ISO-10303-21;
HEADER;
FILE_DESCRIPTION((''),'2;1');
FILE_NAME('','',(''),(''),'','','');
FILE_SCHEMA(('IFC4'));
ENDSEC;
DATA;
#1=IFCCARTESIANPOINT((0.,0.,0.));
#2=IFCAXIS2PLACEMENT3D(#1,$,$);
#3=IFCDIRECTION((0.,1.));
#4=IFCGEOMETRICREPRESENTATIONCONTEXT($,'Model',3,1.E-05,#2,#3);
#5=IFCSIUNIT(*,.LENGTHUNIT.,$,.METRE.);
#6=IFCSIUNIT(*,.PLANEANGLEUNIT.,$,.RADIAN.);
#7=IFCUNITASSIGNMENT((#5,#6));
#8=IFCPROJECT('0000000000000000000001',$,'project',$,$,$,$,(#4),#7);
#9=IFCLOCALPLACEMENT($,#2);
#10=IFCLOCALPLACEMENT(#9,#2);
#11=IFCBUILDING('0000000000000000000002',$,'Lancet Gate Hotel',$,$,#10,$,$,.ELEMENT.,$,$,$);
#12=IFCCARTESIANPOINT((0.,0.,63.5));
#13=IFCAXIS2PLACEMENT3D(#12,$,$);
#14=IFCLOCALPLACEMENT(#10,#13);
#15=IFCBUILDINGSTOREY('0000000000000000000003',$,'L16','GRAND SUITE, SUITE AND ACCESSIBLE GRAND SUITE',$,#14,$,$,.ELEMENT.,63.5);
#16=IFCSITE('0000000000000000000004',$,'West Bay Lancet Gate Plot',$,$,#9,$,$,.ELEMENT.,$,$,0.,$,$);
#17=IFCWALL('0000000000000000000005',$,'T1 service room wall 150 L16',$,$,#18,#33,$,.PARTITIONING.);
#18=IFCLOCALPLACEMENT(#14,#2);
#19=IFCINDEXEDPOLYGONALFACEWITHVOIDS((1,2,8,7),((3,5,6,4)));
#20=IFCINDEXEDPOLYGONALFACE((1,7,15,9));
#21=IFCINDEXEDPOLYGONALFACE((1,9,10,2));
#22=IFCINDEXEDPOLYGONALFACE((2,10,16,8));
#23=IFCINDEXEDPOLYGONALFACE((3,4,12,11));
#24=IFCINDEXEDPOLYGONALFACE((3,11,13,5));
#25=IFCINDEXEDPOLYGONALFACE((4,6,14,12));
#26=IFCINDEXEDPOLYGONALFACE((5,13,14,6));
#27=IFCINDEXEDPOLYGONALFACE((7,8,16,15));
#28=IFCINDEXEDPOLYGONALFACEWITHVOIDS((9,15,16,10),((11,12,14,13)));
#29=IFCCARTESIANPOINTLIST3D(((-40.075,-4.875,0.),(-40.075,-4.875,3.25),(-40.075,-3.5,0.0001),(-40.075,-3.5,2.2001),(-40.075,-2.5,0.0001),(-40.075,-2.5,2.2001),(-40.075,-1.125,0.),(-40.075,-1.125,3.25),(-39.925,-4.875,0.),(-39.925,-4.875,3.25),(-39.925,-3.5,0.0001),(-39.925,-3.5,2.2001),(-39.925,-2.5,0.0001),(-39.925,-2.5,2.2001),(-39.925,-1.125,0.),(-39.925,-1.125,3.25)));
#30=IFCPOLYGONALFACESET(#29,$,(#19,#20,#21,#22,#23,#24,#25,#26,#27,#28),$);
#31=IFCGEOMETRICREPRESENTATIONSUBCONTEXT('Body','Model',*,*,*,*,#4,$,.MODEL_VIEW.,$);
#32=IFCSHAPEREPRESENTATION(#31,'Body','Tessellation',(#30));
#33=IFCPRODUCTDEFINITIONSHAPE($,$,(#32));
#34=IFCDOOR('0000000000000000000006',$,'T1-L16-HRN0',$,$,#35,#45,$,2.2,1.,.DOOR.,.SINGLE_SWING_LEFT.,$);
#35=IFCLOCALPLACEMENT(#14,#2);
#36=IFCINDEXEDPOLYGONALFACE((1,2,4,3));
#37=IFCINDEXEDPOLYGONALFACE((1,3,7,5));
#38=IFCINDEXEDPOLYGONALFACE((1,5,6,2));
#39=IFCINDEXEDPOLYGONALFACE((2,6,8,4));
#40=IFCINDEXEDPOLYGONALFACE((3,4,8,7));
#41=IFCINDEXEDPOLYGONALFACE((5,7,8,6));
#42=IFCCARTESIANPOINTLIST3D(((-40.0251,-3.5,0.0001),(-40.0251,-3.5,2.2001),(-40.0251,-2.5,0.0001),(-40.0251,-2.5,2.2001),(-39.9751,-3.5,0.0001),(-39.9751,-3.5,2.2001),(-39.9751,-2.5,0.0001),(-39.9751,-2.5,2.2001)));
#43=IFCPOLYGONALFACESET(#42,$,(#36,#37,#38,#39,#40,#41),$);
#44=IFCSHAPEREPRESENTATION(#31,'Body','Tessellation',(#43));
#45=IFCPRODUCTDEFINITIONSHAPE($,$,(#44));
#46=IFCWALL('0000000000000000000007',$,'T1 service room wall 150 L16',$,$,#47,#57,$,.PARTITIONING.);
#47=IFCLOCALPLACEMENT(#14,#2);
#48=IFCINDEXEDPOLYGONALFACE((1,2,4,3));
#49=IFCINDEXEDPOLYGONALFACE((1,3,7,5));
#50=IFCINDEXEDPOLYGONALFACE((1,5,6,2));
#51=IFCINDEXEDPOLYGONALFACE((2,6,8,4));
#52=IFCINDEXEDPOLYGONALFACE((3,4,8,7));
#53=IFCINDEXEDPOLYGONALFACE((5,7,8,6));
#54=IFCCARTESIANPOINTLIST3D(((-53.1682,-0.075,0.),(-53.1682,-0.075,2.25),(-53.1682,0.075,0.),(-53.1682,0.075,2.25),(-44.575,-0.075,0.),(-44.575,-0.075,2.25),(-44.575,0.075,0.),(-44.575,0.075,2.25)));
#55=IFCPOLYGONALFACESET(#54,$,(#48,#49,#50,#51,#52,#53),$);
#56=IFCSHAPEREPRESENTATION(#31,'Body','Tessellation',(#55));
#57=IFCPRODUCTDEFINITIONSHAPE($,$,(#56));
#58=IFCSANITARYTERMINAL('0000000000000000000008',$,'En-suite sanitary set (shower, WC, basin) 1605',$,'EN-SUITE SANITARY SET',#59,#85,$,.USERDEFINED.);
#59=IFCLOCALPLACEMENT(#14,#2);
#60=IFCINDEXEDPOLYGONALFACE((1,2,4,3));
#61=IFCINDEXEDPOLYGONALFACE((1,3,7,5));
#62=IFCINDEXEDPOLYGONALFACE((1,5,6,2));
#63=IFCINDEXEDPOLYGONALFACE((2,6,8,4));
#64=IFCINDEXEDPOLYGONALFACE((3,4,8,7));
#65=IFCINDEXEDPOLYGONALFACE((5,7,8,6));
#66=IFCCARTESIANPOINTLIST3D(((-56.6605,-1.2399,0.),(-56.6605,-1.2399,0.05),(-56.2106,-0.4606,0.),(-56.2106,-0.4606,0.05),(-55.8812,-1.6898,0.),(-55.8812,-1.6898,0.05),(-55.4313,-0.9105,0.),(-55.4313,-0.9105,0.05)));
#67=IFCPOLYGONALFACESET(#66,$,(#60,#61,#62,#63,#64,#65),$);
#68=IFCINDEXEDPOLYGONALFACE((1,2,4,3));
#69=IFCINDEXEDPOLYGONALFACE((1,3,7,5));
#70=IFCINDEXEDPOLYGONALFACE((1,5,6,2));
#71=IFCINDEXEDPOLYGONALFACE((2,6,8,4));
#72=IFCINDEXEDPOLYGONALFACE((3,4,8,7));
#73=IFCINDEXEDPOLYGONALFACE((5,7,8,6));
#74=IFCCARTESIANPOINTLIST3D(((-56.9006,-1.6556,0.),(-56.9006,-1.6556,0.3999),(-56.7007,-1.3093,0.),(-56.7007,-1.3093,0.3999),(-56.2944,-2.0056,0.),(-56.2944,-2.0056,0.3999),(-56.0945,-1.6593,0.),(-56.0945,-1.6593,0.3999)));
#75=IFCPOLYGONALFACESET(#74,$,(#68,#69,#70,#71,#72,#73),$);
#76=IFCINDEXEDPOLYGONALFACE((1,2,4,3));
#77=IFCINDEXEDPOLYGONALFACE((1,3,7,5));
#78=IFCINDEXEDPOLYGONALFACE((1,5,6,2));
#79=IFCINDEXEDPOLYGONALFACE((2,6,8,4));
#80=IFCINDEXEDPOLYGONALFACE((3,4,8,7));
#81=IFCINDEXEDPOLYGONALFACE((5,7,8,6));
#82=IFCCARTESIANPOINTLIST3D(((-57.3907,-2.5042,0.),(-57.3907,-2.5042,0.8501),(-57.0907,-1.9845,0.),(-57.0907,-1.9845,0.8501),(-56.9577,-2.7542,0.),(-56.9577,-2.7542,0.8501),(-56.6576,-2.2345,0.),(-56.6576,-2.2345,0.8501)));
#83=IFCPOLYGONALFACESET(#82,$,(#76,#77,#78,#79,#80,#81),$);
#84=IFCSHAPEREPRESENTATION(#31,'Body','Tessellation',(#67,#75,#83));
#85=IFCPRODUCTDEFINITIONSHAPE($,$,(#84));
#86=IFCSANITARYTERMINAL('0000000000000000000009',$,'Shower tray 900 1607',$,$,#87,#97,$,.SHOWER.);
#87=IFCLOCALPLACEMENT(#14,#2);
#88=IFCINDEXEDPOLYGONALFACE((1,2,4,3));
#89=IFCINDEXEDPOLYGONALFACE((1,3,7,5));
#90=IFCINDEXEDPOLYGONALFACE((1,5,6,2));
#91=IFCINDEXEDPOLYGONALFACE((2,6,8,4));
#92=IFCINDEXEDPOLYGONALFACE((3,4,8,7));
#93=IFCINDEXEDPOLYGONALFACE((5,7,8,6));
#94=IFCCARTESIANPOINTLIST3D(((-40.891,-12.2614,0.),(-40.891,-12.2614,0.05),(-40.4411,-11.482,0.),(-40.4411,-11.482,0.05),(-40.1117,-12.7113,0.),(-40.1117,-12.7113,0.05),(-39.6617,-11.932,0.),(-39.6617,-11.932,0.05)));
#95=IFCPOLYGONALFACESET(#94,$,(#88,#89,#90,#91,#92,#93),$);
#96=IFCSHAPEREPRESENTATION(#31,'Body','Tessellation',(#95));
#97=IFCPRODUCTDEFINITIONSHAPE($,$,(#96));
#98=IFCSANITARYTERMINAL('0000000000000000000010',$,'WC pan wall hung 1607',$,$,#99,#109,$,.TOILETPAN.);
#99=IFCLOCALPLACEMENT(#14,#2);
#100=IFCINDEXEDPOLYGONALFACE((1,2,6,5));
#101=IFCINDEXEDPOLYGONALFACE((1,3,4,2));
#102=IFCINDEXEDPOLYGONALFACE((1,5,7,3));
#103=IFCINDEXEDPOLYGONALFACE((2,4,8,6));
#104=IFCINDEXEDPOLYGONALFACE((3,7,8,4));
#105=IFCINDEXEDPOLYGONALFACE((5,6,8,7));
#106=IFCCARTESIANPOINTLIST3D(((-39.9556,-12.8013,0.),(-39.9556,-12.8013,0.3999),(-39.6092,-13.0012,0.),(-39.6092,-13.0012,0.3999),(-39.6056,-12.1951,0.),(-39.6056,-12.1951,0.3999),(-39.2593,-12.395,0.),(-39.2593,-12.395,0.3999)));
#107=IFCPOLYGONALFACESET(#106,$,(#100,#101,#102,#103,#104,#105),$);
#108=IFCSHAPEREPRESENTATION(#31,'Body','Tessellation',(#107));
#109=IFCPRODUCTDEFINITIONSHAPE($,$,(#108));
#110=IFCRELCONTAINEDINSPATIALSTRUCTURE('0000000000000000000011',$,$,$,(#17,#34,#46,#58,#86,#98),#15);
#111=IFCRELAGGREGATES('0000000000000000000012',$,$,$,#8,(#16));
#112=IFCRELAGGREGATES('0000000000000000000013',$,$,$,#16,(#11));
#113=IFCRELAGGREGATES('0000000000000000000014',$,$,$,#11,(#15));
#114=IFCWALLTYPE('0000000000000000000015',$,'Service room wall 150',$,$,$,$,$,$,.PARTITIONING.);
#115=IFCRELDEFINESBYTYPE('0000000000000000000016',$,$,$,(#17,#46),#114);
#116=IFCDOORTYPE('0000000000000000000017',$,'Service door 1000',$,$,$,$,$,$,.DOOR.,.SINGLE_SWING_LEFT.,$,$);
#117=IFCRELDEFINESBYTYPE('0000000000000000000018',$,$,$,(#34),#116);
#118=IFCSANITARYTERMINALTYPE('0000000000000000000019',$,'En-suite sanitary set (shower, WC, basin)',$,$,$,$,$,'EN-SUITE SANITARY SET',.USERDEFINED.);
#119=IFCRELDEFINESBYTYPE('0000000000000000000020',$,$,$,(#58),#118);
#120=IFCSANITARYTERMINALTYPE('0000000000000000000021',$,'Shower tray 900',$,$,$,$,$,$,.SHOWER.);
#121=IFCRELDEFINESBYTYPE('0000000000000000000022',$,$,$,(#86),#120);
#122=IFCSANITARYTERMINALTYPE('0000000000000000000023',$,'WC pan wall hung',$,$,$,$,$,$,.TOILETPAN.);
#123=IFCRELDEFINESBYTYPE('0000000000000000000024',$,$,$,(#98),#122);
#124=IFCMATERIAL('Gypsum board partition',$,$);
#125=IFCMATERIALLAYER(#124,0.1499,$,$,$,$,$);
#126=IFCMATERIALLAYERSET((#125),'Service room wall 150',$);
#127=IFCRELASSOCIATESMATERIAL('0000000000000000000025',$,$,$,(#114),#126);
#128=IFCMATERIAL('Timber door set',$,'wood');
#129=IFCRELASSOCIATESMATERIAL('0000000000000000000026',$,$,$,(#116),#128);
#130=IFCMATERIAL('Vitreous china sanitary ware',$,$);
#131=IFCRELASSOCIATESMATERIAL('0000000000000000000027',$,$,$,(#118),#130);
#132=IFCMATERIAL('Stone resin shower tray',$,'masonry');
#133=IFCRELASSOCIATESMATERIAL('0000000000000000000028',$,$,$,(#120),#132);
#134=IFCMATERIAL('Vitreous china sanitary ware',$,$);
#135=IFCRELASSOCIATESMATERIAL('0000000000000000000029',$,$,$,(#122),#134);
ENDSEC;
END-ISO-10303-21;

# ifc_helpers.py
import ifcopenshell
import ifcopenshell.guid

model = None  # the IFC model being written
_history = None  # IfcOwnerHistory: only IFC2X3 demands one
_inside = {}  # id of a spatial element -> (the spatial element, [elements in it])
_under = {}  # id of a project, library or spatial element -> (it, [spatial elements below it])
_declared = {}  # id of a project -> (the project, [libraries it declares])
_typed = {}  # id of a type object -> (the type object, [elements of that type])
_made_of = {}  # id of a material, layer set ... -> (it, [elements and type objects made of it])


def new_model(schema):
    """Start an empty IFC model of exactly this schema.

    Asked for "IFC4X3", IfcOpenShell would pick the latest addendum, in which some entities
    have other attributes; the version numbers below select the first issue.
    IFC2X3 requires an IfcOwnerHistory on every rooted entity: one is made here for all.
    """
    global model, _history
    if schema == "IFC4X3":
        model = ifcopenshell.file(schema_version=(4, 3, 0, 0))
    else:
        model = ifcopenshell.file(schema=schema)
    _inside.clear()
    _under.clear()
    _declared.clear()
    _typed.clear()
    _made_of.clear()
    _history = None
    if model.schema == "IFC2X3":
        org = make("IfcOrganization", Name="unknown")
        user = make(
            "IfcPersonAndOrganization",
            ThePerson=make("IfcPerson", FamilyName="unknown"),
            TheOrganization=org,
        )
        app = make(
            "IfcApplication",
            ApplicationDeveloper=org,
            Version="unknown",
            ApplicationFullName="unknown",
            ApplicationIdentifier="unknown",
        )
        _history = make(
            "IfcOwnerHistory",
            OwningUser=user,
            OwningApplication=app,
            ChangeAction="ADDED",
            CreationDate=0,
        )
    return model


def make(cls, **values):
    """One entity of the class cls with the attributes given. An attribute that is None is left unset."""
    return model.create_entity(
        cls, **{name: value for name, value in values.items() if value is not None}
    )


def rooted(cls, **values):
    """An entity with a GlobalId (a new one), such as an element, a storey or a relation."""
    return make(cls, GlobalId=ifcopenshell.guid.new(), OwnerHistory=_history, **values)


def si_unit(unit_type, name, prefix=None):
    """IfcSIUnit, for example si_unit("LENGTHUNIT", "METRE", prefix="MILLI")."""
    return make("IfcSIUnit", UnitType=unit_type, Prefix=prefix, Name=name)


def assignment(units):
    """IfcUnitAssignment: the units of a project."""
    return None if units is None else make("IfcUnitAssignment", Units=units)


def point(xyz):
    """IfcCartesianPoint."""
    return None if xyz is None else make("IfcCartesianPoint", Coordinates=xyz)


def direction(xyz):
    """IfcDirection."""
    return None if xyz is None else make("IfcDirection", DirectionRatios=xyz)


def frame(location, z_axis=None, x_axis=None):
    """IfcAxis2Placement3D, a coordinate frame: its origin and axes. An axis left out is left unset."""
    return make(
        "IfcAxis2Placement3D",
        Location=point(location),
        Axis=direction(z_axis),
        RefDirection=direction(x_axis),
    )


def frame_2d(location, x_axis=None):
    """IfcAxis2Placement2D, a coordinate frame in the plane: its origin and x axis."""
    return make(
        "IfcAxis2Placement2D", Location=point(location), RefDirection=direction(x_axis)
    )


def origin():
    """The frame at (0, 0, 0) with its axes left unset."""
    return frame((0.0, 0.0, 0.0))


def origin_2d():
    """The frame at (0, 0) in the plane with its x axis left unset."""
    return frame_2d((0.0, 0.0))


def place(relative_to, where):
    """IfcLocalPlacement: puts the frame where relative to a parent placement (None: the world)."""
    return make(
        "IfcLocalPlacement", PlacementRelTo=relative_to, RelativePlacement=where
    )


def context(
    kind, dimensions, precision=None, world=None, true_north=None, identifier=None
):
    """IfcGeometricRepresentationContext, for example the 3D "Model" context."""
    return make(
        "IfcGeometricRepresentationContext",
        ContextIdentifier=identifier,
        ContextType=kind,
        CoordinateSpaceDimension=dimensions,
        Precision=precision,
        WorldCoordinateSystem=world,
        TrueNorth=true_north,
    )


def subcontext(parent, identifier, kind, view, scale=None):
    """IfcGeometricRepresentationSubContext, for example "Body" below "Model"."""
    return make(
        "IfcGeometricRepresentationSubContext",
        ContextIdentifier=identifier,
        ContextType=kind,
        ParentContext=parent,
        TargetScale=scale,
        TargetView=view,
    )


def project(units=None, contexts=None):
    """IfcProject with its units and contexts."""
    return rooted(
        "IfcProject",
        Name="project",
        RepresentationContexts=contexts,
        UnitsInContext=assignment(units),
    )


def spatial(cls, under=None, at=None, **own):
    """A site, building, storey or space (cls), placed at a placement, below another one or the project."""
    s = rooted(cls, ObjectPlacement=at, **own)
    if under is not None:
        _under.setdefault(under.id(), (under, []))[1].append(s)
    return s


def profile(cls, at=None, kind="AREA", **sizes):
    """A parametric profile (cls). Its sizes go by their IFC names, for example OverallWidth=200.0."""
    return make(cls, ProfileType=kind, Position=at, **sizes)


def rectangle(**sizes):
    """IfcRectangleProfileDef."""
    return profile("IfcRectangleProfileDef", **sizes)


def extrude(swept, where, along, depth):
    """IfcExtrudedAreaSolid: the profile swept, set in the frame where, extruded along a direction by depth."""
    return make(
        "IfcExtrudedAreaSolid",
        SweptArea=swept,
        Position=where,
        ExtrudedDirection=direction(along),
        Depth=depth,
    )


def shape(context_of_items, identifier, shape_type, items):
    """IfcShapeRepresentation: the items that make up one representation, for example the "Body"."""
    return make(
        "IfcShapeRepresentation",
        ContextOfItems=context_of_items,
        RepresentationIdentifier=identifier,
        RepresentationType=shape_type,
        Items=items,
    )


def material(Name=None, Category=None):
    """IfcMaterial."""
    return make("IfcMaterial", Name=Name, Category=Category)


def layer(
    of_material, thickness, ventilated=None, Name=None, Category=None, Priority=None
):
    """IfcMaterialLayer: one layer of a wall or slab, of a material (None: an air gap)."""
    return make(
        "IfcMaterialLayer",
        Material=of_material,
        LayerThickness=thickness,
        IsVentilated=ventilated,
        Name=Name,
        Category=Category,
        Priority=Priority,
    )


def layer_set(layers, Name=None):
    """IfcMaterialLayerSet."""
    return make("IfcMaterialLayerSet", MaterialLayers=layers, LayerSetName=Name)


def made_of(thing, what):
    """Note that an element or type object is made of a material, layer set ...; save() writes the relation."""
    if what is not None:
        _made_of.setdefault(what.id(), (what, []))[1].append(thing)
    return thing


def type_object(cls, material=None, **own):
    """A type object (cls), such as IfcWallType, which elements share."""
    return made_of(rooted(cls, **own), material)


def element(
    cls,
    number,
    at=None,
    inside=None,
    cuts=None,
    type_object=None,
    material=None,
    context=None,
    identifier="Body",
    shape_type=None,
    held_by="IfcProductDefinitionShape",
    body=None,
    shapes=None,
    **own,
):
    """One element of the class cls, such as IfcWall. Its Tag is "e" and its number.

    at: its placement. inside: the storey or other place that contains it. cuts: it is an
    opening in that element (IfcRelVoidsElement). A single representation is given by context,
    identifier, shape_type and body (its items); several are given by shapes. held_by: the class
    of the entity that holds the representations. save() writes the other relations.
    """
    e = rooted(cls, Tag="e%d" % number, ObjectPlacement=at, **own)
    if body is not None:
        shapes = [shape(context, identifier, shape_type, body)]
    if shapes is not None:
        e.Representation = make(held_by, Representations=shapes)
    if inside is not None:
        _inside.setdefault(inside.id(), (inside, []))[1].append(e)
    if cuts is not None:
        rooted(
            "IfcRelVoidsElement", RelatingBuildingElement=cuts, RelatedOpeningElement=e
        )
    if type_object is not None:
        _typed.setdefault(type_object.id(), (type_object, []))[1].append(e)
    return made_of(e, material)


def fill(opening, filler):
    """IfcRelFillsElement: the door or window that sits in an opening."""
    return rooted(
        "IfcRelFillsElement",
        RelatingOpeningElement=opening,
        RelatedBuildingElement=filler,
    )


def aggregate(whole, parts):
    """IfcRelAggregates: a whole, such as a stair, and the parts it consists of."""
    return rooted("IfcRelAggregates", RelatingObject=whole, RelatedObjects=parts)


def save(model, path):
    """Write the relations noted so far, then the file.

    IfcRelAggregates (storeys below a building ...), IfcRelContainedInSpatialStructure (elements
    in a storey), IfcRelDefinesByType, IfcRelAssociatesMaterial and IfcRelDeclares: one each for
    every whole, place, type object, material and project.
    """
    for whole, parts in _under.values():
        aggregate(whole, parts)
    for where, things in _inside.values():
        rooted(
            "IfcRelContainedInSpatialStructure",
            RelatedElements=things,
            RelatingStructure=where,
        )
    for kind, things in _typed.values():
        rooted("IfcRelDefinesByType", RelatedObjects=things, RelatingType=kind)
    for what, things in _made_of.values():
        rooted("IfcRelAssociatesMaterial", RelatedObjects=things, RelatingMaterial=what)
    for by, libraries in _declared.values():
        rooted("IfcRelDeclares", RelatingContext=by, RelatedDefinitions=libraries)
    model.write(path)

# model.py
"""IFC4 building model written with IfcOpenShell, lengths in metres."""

from ifc_helpers import new_model, si_unit, direction, frame, frame_2d, origin, origin_2d, place, context, subcontext, project, spatial, rectangle, extrude, material, layer, layer_set, type_object, element, fill, save


model = new_model("IFC4")

# Units and contexts
model_context = context("Model", 3, precision=1e-05, world=origin(), true_north=direction((0.0, 1.0)))
body_context = subcontext(model_context, "Body", "Model", "MODEL_VIEW")
ifc_project = project(units=[si_unit("LENGTHUNIT", "METRE"), si_unit("PLANEANGLEUNIT", "RADIAN")], contexts=[model_context])

# Site, building, storey
site_placement = place(None, origin())
site = spatial("IfcSite", under=ifc_project, at=site_placement, Name="West Bay Lancet Gate Plot", CompositionType="ELEMENT", RefElevation=0.0)
building_placement = place(site_placement, origin())
building = spatial("IfcBuilding", under=site, at=building_placement, Name="Lancet Gate Hotel", CompositionType="ELEMENT")
storey_placement = place(building_placement, frame((0.0, 0.0, 63.5)))
storey = spatial("IfcBuildingStorey", under=building, at=storey_placement, Name="L16", Description="GRAND SUITE, SUITE AND ACCESSIBLE GRAND SUITE", CompositionType="ELEMENT", Elevation=63.5)

# Wall, opening, door
ifc_material_1 = material(Name="Gypsum board partition")
ifc_layer_1 = layer(ifc_material_1, 0.1499)
ifc_layer_set_1 = layer_set([ifc_layer_1], Name="Service room wall 150")
wall_type_1 = type_object("IfcWallType", Name="Service room wall 150", PredefinedType="PARTITIONING", material=ifc_layer_set_1)
wall_1_placement = place(storey_placement, frame((-40.0, -1.125, 0.0), z_axis=(0.0, 0.0, 1.0), x_axis=(0.0, -1.0, 0.0)))
wall_1 = element("IfcWall", 1, at=wall_1_placement, inside=storey, type_object=wall_type_1, Name="T1 service room wall 150 L16", PredefinedType="PARTITIONING", context=body_context, shape_type="SweptSolid", body=[
    extrude(rectangle(XDim=3.75, YDim=0.1499, at=frame_2d((1.875, 0.0))), origin(), (0.0, 0.0, 1.0), 3.25),
])
opening_1_placement = place(wall_1_placement, frame((1.375, 0.0, 0.0)))
opening_1 = element("IfcOpeningElement", 2, at=opening_1_placement, cuts=wall_1, PredefinedType="OPENING", context=body_context, shape_type="SweptSolid", body=[
    extrude(rectangle(XDim=1.0, YDim=2.2, at=frame_2d((0.5, 1.1001))), frame((0.0, 0.085, 0.0), z_axis=(0.0, -1.0, 0.0), x_axis=(1.0, 0.0, 0.0)), (0.0, 0.0, 1.0), 0.1699),
])
ifc_material_2 = material(Name="Timber door set", Category="wood")
door_type_1 = type_object("IfcDoorType", Name="Service door 1000", OperationType="SINGLE_SWING_LEFT", PredefinedType="DOOR", material=ifc_material_2)
door_1_placement = place(opening_1_placement, origin())
door_1 = element("IfcDoor", 3, at=door_1_placement, inside=storey, type_object=door_type_1, Name="T1-L16-HRN0", OperationType="SINGLE_SWING_LEFT", OverallHeight=2.2, OverallWidth=1.0, PredefinedType="DOOR", context=body_context, shape_type="SweptSolid", body=[
    extrude(rectangle(XDim=1.0, YDim=2.2, at=frame_2d((0.5, 1.1001))), frame((0.0, 0.0249, 0.0), z_axis=(0.0, -1.0, 0.0), x_axis=(1.0, 0.0, 0.0)), (0.0, 0.0, 1.0), 0.05),
])
fill(opening_1, door_1)

# Wall
wall_2_placement = place(storey_placement, frame((-44.575, 0.0, 0.0), z_axis=(0.0, 0.0, 1.0), x_axis=(-1.0, 0.0, 0.0)))
element("IfcWall", 4, at=wall_2_placement, inside=storey, type_object=wall_type_1, Name="T1 service room wall 150 L16", PredefinedType="PARTITIONING", context=body_context, shape_type="SweptSolid", body=[
    extrude(rectangle(XDim=8.5933, YDim=0.1499, at=frame_2d((4.2966, 0.0))), origin(), (0.0, 0.0, 1.0), 2.25),
])

# Sanitary terminals
ifc_material_3 = material(Name="Vitreous china sanitary ware")
sanitary_terminal_type_1 = type_object("IfcSanitaryTerminalType", Name="En-suite sanitary set (shower, WC, basin)", ElementType="EN-SUITE SANITARY SET", PredefinedType="USERDEFINED", material=ifc_material_3)
sanitary_terminal_1_placement = place(storey_placement, frame((-56.0459, -1.0752, 0.0), z_axis=(0.0, 0.0, 1.0), x_axis=(1.0, 0.0, 0.0)))
element("IfcSanitaryTerminal", 5, at=sanitary_terminal_1_placement, inside=storey, type_object=sanitary_terminal_type_1, Name="En-suite sanitary set (shower, WC, basin) 1605", ObjectType="EN-SUITE SANITARY SET", PredefinedType="USERDEFINED", context=body_context, shape_type="SweptSolid", body=[
    extrude(rectangle(XDim=0.8999, YDim=0.8999, at=origin_2d()), frame((0.0, 0.0, 0.0), z_axis=(0.0, 0.0, 1.0), x_axis=(0.5, 0.866025, 0.0)), (0.0, 0.0, 1.0), 0.05),
    extrude(rectangle(XDim=0.3999, YDim=0.7, at=origin_2d()), frame((-0.4517, -0.5823, 0.0), z_axis=(0.0, 0.0, 1.0), x_axis=(0.5, 0.866025, 0.0)), (0.0, 0.0, 1.0), 0.3999),
    extrude(rectangle(XDim=0.6001, YDim=0.5, at=origin_2d()), frame((-0.9783, -1.2942, 0.0), z_axis=(0.0, 0.0, 1.0), x_axis=(0.5, 0.866025, 0.0)), (0.0, 0.0, 1.0), 0.8501),
])
ifc_material_4 = material(Name="Stone resin shower tray", Category="masonry")
sanitary_terminal_type_2 = type_object("IfcSanitaryTerminalType", Name="Shower tray 900", PredefinedType="SHOWER", material=ifc_material_4)
sanitary_terminal_2_placement = place(storey_placement, frame((-40.2764, -12.0967, 0.0), z_axis=(0.0, 0.0, 1.0), x_axis=(-0.866025, 0.5, 0.0)))
element("IfcSanitaryTerminal", 6, at=sanitary_terminal_2_placement, inside=storey, type_object=sanitary_terminal_type_2, Name="Shower tray 900 1607", PredefinedType="SHOWER", context=body_context, shape_type="SweptSolid", body=[
    extrude(rectangle(XDim=0.8999, YDim=0.8999, at=origin_2d()), origin(), (0.0, 0.0, 1.0), 0.05),
])
ifc_material_5 = material(Name="Vitreous china sanitary ware")
sanitary_terminal_type_3 = type_object("IfcSanitaryTerminalType", Name="WC pan wall hung", PredefinedType="TOILETPAN", material=ifc_material_5)
sanitary_terminal_3_placement = place(storey_placement, frame((-39.6074, -12.5981, 0.0), z_axis=(0.0, 0.0, 1.0), x_axis=(-0.866025, 0.5, 0.0)))
element("IfcSanitaryTerminal", 7, at=sanitary_terminal_3_placement, inside=storey, type_object=sanitary_terminal_type_3, Name="WC pan wall hung 1607", PredefinedType="TOILETPAN", context=body_context, shape_type="SweptSolid", body=[
    extrude(rectangle(XDim=0.3999, YDim=0.7, at=origin_2d()), origin(), (0.0, 0.0, 1.0), 0.3999),
])

save(model, "model.ifc")
